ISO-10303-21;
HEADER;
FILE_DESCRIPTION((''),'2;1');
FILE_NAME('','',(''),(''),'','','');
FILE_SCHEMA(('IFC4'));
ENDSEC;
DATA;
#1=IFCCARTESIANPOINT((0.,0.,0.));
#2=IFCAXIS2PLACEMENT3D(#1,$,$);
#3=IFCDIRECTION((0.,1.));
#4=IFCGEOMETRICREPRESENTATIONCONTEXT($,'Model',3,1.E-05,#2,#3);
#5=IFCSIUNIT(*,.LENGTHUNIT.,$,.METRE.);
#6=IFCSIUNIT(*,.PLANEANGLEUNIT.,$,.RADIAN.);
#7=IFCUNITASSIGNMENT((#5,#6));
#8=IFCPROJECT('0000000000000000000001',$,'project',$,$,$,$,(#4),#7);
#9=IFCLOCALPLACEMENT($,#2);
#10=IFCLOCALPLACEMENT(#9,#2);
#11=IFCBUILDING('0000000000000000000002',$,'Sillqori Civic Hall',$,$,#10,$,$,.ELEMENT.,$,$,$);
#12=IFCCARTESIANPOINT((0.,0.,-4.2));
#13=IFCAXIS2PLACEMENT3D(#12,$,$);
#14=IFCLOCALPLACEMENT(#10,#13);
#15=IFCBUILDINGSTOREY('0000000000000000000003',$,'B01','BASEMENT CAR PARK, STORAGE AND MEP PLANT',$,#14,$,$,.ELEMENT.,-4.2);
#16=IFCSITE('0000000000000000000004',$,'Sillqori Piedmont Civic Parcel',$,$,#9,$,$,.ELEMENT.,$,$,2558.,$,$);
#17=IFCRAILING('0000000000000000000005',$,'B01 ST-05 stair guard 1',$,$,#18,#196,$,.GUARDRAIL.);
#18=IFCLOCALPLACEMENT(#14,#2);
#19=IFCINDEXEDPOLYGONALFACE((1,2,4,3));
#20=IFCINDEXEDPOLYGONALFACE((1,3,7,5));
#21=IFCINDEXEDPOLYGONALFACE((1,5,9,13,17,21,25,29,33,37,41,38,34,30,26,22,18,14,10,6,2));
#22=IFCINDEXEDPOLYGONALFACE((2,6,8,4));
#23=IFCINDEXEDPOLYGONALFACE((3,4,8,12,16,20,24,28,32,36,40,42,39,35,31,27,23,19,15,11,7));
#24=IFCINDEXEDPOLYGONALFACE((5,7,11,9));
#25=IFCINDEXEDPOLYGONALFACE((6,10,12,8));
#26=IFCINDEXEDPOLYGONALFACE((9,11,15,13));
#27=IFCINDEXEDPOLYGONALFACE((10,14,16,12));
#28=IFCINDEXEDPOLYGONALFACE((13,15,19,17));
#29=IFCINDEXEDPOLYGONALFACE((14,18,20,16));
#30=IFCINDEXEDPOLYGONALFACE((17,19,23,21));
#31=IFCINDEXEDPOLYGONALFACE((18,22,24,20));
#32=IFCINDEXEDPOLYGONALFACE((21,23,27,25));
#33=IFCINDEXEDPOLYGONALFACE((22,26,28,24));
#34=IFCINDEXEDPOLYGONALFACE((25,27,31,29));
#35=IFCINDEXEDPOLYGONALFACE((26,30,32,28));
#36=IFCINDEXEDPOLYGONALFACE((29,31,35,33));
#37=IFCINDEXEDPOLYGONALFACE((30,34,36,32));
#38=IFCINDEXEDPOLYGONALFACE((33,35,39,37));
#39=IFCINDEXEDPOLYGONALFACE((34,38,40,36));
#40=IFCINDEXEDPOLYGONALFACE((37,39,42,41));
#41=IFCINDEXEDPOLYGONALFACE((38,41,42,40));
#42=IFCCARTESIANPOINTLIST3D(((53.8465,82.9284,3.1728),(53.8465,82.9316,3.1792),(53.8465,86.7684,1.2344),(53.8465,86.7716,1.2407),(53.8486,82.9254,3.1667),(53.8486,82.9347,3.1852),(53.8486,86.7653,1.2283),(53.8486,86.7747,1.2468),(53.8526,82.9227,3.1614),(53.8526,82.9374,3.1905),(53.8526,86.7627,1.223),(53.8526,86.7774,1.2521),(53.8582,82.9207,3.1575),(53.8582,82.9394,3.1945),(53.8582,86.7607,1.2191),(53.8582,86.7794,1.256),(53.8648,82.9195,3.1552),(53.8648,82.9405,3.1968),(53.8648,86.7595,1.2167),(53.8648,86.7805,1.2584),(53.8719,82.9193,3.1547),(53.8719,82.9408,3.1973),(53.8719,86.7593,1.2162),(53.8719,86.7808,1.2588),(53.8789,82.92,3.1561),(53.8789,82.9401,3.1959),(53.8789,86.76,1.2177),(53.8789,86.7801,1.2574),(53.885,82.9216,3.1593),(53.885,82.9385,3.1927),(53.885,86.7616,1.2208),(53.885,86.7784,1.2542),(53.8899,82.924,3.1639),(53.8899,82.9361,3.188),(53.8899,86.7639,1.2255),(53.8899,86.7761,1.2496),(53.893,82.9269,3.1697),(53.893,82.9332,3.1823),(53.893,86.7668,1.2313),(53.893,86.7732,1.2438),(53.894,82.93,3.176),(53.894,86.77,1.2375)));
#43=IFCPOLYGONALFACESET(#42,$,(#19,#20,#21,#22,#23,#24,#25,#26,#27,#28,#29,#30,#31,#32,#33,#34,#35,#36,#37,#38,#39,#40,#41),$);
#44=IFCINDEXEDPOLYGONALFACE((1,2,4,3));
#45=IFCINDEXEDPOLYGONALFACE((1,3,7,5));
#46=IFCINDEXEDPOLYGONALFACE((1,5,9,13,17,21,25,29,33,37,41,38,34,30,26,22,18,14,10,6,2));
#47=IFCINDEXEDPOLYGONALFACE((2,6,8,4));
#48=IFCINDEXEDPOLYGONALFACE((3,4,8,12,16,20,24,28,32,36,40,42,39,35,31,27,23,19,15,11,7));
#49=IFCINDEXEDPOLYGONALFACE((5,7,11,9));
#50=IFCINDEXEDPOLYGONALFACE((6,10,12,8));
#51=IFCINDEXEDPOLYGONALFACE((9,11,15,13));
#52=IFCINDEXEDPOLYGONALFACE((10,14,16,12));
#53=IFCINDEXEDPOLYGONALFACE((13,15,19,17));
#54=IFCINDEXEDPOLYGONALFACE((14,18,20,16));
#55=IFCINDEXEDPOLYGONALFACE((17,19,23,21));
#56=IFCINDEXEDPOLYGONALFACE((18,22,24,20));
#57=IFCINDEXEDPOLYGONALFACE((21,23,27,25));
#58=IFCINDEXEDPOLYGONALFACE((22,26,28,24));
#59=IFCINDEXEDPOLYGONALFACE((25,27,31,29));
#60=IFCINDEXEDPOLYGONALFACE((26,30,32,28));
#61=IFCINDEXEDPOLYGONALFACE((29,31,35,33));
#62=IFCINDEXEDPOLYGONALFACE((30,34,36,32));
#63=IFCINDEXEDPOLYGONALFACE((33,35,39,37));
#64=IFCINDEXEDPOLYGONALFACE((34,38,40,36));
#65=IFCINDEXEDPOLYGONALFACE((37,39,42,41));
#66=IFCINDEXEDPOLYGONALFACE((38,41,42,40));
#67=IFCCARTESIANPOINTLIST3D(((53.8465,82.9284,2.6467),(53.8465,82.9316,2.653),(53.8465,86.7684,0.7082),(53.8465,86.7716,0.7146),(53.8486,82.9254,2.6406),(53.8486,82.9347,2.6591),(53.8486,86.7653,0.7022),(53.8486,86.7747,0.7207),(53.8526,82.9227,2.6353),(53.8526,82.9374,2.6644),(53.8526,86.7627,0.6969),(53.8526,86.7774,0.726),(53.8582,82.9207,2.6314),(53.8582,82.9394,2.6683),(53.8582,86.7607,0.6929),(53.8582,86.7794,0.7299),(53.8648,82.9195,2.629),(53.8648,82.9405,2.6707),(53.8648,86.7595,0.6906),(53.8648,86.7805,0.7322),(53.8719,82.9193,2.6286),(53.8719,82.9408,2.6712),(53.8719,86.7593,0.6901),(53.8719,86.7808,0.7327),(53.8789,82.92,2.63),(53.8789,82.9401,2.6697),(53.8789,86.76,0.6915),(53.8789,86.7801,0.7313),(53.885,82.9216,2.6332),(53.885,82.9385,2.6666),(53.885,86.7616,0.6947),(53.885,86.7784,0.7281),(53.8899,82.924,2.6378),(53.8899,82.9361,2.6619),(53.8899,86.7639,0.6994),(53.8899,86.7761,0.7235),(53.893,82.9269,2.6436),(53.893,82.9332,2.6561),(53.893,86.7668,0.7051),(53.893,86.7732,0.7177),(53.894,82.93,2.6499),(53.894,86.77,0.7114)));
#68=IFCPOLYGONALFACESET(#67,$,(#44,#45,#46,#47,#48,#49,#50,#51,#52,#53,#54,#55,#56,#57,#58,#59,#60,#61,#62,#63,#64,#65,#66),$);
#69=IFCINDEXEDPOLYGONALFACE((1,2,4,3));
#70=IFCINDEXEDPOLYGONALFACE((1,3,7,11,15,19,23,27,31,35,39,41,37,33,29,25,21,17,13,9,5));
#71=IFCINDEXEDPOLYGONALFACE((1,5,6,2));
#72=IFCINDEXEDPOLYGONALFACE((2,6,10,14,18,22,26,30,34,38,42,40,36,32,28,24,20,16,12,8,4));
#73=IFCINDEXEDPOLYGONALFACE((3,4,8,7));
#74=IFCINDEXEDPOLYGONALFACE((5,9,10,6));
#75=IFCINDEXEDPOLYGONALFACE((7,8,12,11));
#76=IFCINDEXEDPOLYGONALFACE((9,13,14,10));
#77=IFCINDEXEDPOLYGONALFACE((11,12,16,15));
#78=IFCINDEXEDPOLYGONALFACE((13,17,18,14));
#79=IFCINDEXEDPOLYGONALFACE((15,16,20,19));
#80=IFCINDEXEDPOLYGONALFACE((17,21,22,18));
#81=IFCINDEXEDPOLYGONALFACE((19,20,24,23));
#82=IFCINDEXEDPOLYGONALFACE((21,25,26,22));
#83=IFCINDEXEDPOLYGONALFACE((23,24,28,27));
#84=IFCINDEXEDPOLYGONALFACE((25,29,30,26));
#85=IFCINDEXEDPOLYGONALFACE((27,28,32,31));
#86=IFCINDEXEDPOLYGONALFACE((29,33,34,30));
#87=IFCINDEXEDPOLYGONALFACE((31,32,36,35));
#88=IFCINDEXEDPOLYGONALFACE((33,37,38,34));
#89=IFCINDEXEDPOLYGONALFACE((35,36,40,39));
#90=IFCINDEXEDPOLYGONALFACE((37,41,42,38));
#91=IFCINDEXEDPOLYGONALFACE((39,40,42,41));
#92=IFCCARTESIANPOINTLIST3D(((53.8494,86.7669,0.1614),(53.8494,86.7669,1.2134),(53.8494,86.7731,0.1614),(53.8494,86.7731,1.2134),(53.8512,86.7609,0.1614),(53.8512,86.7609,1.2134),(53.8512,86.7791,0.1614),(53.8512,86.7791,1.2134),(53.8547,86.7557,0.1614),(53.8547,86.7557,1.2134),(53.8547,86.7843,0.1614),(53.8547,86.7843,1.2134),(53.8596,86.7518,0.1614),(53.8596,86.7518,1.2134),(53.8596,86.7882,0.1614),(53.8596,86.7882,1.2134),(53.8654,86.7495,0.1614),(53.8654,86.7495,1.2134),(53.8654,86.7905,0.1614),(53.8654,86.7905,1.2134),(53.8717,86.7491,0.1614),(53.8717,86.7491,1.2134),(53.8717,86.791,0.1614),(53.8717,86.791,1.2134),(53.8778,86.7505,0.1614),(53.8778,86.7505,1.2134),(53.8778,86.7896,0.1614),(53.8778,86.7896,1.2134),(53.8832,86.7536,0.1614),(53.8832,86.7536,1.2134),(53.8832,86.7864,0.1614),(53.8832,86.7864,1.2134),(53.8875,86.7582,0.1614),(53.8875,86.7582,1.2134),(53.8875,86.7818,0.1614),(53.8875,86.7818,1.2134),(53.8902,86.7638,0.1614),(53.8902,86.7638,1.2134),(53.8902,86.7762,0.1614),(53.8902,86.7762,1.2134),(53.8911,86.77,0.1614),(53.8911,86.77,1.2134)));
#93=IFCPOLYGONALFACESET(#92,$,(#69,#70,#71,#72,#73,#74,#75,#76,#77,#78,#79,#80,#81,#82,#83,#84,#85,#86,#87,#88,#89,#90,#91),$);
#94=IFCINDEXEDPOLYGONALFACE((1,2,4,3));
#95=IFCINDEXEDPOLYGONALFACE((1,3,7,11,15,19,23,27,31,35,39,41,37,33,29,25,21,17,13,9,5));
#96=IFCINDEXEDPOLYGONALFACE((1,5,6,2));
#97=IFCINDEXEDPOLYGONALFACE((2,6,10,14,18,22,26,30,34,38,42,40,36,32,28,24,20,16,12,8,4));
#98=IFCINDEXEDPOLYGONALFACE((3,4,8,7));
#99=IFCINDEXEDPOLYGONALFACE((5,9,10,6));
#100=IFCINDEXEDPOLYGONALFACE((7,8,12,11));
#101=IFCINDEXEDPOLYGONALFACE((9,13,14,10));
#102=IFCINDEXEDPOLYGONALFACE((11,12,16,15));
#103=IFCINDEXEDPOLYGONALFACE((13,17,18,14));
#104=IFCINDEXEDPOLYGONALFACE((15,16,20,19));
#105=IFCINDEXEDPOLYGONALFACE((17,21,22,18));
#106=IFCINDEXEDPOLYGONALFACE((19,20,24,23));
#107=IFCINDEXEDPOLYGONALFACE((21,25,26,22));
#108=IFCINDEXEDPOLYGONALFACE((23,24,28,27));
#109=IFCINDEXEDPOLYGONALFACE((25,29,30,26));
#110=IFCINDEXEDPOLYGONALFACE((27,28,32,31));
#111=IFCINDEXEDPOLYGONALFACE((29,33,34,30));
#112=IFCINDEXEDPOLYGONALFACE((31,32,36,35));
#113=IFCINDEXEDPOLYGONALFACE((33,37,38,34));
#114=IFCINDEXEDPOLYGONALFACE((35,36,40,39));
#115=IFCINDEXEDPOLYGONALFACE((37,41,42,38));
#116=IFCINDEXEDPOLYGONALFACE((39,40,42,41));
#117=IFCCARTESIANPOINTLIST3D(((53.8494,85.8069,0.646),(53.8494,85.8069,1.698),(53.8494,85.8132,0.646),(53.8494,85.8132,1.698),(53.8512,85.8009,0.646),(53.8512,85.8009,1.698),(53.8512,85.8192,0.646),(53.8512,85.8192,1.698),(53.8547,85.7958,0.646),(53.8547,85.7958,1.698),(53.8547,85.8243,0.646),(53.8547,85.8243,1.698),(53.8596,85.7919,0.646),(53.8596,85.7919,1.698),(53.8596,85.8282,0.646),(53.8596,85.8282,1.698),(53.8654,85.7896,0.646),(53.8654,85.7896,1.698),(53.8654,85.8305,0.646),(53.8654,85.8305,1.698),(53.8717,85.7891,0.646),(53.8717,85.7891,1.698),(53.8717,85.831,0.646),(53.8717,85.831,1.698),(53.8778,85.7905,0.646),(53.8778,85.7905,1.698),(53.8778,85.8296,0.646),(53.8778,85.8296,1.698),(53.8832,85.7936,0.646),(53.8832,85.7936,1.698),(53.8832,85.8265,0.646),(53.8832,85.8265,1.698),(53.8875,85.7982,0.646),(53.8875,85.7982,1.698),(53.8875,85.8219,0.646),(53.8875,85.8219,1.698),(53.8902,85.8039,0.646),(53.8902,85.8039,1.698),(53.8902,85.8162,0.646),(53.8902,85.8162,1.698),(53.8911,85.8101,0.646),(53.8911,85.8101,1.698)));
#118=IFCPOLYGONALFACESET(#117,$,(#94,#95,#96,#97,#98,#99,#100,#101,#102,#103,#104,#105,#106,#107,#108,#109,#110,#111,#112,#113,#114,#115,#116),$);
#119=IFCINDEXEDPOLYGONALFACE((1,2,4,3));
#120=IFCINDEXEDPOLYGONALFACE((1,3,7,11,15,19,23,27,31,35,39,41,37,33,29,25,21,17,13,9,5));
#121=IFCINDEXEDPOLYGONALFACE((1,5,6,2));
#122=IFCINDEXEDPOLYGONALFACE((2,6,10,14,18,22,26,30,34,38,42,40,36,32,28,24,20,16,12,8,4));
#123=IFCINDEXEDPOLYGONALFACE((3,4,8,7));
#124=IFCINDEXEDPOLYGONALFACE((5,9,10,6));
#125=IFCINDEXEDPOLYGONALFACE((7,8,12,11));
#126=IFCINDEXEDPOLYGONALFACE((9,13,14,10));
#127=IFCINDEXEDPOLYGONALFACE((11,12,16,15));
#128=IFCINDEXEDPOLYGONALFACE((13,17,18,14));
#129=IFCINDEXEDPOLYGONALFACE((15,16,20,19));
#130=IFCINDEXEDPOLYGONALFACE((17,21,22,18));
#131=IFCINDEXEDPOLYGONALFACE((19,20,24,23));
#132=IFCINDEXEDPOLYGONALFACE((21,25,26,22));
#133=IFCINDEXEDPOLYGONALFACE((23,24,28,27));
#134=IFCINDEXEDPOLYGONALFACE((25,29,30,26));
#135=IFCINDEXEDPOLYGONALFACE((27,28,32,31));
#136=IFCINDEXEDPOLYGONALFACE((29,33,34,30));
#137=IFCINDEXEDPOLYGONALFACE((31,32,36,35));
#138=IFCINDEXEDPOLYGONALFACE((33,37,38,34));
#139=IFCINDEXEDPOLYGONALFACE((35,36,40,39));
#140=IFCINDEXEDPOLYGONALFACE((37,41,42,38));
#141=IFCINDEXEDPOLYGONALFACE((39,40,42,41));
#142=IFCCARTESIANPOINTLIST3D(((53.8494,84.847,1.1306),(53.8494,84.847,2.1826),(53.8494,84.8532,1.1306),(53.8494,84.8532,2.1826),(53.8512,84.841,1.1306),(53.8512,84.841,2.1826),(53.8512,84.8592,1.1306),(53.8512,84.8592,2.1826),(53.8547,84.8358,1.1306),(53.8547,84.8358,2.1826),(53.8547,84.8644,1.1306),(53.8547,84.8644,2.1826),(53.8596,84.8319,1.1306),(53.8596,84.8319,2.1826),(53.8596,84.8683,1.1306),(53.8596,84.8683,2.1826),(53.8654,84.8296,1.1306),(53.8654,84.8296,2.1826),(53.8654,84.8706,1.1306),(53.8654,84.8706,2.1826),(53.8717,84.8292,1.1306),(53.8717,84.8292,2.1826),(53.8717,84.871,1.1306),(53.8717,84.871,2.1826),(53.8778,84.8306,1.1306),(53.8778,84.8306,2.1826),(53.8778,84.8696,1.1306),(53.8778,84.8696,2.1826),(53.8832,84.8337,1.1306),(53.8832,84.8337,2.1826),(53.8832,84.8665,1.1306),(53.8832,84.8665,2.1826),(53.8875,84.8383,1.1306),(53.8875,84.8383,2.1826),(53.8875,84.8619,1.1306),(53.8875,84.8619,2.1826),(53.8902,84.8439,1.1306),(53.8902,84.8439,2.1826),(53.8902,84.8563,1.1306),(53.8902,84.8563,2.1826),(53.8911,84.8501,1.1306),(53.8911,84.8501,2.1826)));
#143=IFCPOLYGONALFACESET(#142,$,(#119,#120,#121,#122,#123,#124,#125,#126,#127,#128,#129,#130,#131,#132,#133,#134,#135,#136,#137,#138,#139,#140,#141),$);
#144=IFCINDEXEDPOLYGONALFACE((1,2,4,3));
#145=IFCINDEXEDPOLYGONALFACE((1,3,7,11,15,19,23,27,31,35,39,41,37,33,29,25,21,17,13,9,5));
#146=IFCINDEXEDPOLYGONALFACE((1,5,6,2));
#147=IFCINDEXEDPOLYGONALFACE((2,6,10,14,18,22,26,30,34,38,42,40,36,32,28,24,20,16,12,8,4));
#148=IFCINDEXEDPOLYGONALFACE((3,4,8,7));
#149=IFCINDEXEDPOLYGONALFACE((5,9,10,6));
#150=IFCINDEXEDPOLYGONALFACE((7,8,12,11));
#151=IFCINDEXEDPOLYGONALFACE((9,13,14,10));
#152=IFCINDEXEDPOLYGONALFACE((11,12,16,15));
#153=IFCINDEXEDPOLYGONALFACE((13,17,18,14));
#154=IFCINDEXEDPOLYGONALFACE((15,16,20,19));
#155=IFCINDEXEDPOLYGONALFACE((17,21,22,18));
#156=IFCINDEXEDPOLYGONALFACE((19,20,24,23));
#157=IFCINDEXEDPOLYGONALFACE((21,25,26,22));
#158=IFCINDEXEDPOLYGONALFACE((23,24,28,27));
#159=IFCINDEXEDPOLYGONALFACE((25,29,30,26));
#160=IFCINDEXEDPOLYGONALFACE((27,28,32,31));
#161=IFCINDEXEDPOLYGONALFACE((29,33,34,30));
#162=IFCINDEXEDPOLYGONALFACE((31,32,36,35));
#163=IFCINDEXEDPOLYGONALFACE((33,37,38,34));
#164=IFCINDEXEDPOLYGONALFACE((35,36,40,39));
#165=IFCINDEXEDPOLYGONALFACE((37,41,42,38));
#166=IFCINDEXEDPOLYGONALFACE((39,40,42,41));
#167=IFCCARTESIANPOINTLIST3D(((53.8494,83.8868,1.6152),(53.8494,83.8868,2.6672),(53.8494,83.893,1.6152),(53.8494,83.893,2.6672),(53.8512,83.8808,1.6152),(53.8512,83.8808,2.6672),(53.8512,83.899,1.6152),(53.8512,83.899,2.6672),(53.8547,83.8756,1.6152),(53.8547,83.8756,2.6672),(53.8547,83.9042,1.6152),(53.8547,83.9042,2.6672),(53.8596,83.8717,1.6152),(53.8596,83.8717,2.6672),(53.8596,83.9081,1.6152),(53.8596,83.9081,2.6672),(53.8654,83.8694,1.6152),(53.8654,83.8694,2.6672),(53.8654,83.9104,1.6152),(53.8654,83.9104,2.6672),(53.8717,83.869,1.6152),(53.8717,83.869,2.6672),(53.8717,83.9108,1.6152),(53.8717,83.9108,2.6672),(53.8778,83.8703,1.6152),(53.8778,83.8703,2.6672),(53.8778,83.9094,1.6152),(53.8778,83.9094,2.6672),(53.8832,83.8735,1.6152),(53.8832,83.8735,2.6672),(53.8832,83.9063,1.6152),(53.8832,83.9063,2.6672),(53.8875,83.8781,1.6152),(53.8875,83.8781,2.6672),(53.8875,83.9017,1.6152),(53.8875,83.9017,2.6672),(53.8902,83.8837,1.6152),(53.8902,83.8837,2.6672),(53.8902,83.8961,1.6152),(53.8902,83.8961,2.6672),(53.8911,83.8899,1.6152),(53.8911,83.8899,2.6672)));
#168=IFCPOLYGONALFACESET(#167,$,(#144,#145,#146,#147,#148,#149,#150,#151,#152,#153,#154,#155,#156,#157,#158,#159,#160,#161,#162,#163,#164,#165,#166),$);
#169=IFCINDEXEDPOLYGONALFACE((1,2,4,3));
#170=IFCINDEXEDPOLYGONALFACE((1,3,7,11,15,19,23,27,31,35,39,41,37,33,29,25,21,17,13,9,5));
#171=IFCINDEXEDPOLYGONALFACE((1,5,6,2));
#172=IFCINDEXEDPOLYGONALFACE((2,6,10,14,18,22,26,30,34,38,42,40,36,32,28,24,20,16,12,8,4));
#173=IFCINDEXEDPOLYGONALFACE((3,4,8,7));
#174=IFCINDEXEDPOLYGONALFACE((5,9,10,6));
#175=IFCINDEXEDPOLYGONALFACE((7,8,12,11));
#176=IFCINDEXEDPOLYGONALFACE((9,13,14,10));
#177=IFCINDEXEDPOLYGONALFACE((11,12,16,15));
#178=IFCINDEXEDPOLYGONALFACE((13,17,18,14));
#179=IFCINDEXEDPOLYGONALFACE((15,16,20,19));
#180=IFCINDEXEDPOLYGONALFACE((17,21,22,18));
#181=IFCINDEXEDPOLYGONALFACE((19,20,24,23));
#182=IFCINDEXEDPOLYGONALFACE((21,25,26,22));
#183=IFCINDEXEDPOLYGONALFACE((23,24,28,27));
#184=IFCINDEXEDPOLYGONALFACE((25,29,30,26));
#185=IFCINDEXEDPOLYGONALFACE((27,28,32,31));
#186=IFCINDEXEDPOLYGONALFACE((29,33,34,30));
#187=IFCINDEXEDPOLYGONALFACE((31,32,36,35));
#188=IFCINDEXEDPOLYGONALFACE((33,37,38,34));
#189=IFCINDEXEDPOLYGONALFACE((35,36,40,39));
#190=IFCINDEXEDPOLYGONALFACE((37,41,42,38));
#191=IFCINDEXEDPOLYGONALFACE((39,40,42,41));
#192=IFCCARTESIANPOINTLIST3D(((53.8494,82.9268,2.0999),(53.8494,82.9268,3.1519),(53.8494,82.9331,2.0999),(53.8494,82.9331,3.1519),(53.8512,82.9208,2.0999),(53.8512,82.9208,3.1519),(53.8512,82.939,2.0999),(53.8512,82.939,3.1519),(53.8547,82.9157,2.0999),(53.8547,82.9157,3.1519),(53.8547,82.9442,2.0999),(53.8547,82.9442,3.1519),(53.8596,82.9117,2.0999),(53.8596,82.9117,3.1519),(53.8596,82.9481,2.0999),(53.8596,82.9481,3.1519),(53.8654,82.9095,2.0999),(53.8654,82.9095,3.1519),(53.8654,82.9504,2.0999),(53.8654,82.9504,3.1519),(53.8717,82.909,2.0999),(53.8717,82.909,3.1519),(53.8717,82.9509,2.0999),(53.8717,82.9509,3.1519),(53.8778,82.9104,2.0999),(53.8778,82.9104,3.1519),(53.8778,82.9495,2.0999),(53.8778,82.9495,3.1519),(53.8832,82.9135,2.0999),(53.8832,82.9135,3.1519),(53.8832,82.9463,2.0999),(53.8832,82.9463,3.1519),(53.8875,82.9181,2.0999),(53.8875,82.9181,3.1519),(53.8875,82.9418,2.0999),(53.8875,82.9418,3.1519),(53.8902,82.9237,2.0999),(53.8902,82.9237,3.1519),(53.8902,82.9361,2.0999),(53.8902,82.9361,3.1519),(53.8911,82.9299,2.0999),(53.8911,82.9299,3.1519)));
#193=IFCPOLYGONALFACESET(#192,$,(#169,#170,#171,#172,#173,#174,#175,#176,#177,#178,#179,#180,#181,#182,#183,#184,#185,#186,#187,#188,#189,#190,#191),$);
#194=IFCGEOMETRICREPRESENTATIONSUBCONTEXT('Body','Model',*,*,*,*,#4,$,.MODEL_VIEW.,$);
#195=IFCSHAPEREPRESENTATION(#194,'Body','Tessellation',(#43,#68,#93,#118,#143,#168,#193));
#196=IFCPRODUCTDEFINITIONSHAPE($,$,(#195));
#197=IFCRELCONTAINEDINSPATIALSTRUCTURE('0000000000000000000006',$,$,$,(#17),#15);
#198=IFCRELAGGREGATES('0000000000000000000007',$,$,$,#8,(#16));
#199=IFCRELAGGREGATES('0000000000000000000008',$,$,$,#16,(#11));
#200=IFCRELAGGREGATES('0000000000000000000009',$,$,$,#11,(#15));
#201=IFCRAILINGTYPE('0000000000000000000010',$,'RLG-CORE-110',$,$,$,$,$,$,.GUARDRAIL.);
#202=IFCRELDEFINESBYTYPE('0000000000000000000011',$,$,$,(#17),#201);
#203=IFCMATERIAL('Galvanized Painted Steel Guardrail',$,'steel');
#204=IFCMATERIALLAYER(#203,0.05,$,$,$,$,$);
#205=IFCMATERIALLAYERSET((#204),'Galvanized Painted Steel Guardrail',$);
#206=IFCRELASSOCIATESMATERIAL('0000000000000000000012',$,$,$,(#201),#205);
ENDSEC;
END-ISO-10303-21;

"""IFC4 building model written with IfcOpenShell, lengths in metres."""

from ifc_helpers import new_model, si_unit, direction, frame, origin, origin_2d, place, context, subcontext, project, spatial, circle, extrude, material, layer, layer_set, type_object, element, save


model = new_model("IFC4")

# Units and contexts
model_context = context("Model", 3, precision=1e-05, world=origin(), true_north=direction((0.0, 1.0)))
body_context = subcontext(model_context, "Body", "Model", "MODEL_VIEW")
ifc_project = project(units=[si_unit("LENGTHUNIT", "METRE"), si_unit("PLANEANGLEUNIT", "RADIAN")], contexts=[model_context])

# Site, building, storey
site_placement = place(None, origin())
site = spatial("IfcSite", under=ifc_project, at=site_placement, Name="Sillqori Piedmont Civic Parcel", CompositionType="ELEMENT", RefElevation=2558.0)
building_placement = place(site_placement, origin())
building = spatial("IfcBuilding", under=site, at=building_placement, Name="Sillqori Civic Hall", CompositionType="ELEMENT")
storey_placement = place(building_placement, frame((0.0, 0.0, -4.2)))
storey = spatial("IfcBuildingStorey", under=building, at=storey_placement, Name="B01", Description="BASEMENT CAR PARK, STORAGE AND MEP PLANT", CompositionType="ELEMENT", Elevation=-4.2)

# Railing
ifc_material_1 = material(Name="Galvanized Painted Steel Guardrail", Category="steel")
ifc_layer_1 = layer(ifc_material_1, 0.05)
ifc_layer_set_1 = layer_set([ifc_layer_1], Name="Galvanized Painted Steel Guardrail")
railing_type_1 = type_object("IfcRailingType", Name="RLG-CORE-110", PredefinedType="GUARDRAIL", material=ifc_layer_set_1)
railing_1_placement = place(storey_placement, frame((53.8701, 86.77, 0.1614)))
element("IfcRailing", 1, at=railing_1_placement, inside=storey, type_object=railing_type_1, Name="B01 ST-05 stair guard 1", PredefinedType="GUARDRAIL", context=body_context, shape_type="SweptSolid", body=[
    extrude(circle(Radius=0.0239, at=origin_2d()), frame((0.0, 0.0, 1.0762), z_axis=(0.0, -0.892707, 0.450638), x_axis=(1.0, 0.0, 0.0)), (0.0, 0.0, 1.0), 4.3015),
    extrude(circle(Radius=0.0239, at=origin_2d()), frame((0.0, 0.0, 0.55), z_axis=(0.0, -0.892707, 0.450638), x_axis=(1.0, 0.0, 0.0)), (0.0, 0.0, 1.0), 4.3015),
    extrude(circle(Radius=0.021, at=origin_2d()), origin(), (0.0, 0.0, 1.0), 1.052),
    extrude(circle(Radius=0.021, at=origin_2d()), frame((0.0, -0.96, 0.4846)), (0.0, 0.0, 1.0), 1.052),
    extrude(circle(Radius=0.021, at=origin_2d()), frame((0.0, -1.9199, 0.9692)), (0.0, 0.0, 1.0), 1.052),
    extrude(circle(Radius=0.021, at=origin_2d()), frame((0.0, -2.8801, 1.4539)), (0.0, 0.0, 1.0), 1.052),
    extrude(circle(Radius=0.021, at=origin_2d()), frame((0.0, -3.8401, 1.9385)), (0.0, 0.0, 1.0), 1.052),
])

save(model, "model.ifc")
